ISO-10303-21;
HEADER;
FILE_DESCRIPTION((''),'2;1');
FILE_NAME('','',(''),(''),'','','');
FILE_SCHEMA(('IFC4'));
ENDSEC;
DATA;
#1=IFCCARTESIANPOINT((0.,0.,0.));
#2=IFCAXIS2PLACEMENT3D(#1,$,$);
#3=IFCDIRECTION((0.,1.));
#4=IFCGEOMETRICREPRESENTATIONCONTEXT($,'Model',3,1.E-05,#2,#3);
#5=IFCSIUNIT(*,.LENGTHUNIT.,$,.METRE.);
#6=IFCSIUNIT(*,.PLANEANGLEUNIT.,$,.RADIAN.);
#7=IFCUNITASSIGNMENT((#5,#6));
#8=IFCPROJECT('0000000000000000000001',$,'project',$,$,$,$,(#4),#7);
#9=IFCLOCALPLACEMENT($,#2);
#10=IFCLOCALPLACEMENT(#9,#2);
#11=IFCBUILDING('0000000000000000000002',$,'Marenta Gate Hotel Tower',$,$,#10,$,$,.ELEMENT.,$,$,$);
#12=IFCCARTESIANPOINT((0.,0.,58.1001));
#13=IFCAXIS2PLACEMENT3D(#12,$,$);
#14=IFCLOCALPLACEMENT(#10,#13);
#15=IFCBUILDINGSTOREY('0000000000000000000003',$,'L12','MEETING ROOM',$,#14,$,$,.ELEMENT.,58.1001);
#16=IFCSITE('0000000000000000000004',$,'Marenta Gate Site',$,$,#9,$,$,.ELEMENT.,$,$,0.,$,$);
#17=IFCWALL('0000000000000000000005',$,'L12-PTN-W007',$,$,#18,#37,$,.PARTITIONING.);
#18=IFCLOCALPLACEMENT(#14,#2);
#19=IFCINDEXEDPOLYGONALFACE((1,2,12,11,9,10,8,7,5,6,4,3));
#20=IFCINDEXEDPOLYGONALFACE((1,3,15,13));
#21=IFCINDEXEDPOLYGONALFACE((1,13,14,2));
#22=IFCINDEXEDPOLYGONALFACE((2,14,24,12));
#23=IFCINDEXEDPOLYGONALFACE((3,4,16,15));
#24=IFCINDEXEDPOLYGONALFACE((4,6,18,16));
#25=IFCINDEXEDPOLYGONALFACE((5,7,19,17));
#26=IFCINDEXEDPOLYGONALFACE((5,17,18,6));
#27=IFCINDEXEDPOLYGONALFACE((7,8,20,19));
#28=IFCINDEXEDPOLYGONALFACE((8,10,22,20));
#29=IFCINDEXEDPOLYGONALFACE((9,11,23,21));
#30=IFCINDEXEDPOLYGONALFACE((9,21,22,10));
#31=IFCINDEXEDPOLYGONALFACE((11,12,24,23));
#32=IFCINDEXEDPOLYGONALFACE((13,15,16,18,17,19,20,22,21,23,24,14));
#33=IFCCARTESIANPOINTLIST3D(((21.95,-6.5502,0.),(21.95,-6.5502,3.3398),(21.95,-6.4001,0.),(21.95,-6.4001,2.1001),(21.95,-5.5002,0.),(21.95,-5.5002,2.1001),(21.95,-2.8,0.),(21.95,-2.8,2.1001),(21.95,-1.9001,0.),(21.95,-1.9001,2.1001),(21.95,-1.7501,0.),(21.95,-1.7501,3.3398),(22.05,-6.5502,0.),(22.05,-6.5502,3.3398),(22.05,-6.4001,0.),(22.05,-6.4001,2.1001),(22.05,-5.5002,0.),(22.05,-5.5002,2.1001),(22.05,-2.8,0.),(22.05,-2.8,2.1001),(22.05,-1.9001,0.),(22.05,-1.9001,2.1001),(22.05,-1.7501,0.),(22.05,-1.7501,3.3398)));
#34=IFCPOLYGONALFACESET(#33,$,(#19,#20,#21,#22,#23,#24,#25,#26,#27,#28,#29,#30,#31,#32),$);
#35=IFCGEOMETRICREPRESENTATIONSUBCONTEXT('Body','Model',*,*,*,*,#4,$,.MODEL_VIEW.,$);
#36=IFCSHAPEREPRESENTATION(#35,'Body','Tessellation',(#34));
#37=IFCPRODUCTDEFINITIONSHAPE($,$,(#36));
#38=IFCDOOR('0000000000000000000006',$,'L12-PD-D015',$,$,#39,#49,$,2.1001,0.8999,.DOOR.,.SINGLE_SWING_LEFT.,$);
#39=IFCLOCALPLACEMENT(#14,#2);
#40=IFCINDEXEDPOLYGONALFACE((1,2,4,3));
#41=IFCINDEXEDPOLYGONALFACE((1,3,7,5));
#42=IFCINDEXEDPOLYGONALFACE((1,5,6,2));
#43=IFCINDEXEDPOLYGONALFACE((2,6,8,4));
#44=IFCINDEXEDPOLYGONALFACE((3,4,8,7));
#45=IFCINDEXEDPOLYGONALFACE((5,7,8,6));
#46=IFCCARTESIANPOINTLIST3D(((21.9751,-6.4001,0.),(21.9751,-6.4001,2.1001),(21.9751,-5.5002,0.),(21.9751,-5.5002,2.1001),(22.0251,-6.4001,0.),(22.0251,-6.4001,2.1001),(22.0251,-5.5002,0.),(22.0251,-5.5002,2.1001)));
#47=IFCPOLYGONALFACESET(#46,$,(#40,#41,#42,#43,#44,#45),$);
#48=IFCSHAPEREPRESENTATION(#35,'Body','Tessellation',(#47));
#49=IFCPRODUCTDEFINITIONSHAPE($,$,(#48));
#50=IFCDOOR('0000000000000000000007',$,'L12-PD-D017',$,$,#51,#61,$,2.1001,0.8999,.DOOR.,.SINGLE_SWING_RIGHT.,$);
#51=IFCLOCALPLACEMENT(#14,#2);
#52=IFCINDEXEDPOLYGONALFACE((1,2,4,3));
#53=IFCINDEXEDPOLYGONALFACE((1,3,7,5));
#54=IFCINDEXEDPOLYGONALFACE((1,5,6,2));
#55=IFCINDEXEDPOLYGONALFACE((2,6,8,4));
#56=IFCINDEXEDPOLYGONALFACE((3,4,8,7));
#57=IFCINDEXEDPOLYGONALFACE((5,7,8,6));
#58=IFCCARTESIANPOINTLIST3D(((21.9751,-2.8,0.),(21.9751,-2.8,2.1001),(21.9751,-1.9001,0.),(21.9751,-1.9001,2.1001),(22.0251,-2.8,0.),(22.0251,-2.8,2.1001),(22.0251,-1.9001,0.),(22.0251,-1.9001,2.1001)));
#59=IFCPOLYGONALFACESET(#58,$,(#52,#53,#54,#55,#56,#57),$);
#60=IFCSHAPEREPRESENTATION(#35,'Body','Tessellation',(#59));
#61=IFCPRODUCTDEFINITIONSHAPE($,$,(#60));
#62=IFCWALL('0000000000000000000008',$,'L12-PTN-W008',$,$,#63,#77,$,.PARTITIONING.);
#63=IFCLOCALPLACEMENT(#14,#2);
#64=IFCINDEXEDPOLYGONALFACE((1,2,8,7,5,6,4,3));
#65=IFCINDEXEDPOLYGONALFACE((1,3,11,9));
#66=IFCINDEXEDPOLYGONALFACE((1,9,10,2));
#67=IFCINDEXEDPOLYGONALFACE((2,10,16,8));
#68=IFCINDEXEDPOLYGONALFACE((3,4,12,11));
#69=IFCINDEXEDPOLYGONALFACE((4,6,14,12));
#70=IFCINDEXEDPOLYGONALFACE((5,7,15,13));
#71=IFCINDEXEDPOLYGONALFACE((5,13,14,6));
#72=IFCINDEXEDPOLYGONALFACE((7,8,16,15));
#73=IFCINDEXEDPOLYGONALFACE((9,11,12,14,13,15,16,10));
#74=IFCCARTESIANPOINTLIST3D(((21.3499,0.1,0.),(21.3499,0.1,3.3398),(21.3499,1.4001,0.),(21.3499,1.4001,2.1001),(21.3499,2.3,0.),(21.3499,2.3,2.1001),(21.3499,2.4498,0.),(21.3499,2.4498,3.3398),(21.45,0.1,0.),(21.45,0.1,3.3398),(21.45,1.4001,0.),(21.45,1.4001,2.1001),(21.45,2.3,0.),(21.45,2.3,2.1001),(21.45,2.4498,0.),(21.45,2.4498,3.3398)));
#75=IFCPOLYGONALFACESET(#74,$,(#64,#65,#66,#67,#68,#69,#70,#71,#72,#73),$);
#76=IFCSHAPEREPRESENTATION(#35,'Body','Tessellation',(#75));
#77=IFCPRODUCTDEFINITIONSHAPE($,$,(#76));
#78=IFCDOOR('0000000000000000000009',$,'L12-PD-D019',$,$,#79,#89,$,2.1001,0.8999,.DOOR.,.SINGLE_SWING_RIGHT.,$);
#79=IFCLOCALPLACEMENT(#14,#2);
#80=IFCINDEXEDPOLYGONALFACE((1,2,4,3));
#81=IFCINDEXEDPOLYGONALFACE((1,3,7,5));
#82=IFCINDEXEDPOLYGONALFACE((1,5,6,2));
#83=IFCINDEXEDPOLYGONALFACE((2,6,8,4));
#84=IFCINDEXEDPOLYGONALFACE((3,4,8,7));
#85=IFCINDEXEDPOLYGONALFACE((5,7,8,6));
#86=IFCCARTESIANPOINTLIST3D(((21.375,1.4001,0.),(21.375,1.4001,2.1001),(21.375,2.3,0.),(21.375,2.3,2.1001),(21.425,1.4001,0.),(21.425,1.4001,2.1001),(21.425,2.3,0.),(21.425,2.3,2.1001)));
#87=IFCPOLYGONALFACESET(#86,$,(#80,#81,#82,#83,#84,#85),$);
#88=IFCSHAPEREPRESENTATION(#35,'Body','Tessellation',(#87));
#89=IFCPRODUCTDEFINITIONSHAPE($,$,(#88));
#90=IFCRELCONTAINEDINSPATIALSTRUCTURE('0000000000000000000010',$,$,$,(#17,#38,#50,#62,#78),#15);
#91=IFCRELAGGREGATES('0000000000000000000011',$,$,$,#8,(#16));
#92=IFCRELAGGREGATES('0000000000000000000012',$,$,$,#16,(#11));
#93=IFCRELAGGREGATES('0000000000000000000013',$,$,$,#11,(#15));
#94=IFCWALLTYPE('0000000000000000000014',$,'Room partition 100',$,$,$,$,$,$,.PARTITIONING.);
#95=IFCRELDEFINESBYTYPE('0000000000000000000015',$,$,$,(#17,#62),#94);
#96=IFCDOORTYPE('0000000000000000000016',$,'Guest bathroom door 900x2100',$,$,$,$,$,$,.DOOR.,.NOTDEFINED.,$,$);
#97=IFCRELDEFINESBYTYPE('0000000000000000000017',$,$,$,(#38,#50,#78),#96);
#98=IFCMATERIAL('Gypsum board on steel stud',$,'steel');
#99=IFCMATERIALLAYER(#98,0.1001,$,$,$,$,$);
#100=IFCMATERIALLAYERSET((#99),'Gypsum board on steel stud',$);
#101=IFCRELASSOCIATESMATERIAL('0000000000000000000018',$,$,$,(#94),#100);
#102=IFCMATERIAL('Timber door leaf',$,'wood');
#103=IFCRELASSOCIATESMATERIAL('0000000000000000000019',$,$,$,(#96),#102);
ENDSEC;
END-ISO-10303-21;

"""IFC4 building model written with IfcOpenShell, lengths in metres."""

from ifc_helpers import new_model, si_unit, direction, frame, frame_2d, origin, place, context, subcontext, project, spatial, rectangle, extrude, material, layer, layer_set, type_object, element, fill, save


model = new_model("IFC4")

# Units and contexts
model_context = context("Model", 3, precision=1e-05, world=origin(), true_north=direction((0.0, 1.0)))
body_context = subcontext(model_context, "Body", "Model", "MODEL_VIEW")
ifc_project = project(units=[si_unit("LENGTHUNIT", "METRE"), si_unit("PLANEANGLEUNIT", "RADIAN")], contexts=[model_context])

# Site, building, storey
site_placement = place(None, origin())
site = spatial("IfcSite", under=ifc_project, at=site_placement, Name="Marenta Gate Site", CompositionType="ELEMENT", RefElevation=0.0)
building_placement = place(site_placement, origin())
building = spatial("IfcBuilding", under=site, at=building_placement, Name="Marenta Gate Hotel Tower", CompositionType="ELEMENT")
storey_placement = place(building_placement, frame((0.0, 0.0, 58.1001)))
storey = spatial("IfcBuildingStorey", under=building, at=storey_placement, Name="L12", Description="MEETING ROOM", CompositionType="ELEMENT", Elevation=58.1001)

# Shared definitions
ifc_material_1 = material(Name="Gypsum board on steel stud", Category="steel")
ifc_layer_1 = layer(ifc_material_1, 0.1001)
ifc_layer_set_1 = layer_set([ifc_layer_1], Name="Gypsum board on steel stud")
wall_type = type_object("IfcWallType", Name="Room partition 100", PredefinedType="PARTITIONING", material=ifc_layer_set_1)
ifc_material_2 = material(Name="Timber door leaf", Category="wood")
door_type = type_object("IfcDoorType", Name="Guest bathroom door 900x2100", OperationType="NOTDEFINED", PredefinedType="DOOR", material=ifc_material_2)

# Wall, openings, doors
wall_1_placement = place(storey_placement, frame((22.0, -6.55, 0.0), z_axis=(0.0, 0.0, 1.0), x_axis=(0.0, 1.0, 0.0)))
wall_1 = element("IfcWall", 1, at=wall_1_placement, inside=storey, type_object=wall_type, Name="L12-PTN-W007", PredefinedType="PARTITIONING", context=body_context, shape_type="SweptSolid", body=[
    extrude(rectangle(XDim=4.8, YDim=0.1001, at=frame_2d((2.3999, 0.0))), origin(), (0.0, 0.0, 1.0), 3.3398),
])
opening_1_placement = place(wall_1_placement, frame((0.1499, 0.0, 0.0)))
opening_1 = element("IfcOpeningElement", 2, at=opening_1_placement, cuts=wall_1, PredefinedType="OPENING", context=body_context, shape_type="SweptSolid", body=[
    extrude(rectangle(XDim=0.8999, YDim=2.1001, at=frame_2d((0.45, 1.05))), frame((0.0, 0.05, 0.0), z_axis=(0.0, -1.0, 0.0), x_axis=(1.0, 0.0, 0.0)), (0.0, 0.0, 1.0), 0.1001),
])
opening_2_placement = place(wall_1_placement, frame((3.75, 0.0, 0.0)))
opening_2 = element("IfcOpeningElement", 3, at=opening_2_placement, cuts=wall_1, PredefinedType="OPENING", context=body_context, shape_type="SweptSolid", body=[
    extrude(rectangle(XDim=0.8999, YDim=2.1001, at=frame_2d((0.45, 1.05))), frame((0.0, 0.05, 0.0), z_axis=(0.0, -1.0, 0.0), x_axis=(1.0, 0.0, 0.0)), (0.0, 0.0, 1.0), 0.1001),
])
door_1_placement = place(opening_1_placement, origin())
door_1 = element("IfcDoor", 4, at=door_1_placement, inside=storey, type_object=door_type, Name="L12-PD-D015", OperationType="SINGLE_SWING_LEFT", OverallHeight=2.1001, OverallWidth=0.8999, PredefinedType="DOOR", context=body_context, shape_type="SweptSolid", body=[
    extrude(rectangle(XDim=0.8999, YDim=2.1001, at=frame_2d((0.45, 1.05))), frame((0.0, 0.0249, 0.0), z_axis=(0.0, -1.0, 0.0), x_axis=(1.0, 0.0, 0.0)), (0.0, 0.0, 1.0), 0.05),
])
fill(opening_1, door_1)
door_2_placement = place(opening_2_placement, origin())
door_2 = element("IfcDoor", 5, at=door_2_placement, inside=storey, type_object=door_type, Name="L12-PD-D017", OperationType="SINGLE_SWING_RIGHT", OverallHeight=2.1001, OverallWidth=0.8999, PredefinedType="DOOR", context=body_context, shape_type="SweptSolid", body=[
    extrude(rectangle(XDim=0.8999, YDim=2.1001, at=frame_2d((0.45, 1.05))), frame((0.0, 0.0249, 0.0), z_axis=(0.0, -1.0, 0.0), x_axis=(1.0, 0.0, 0.0)), (0.0, 0.0, 1.0), 0.05),
])
fill(opening_2, door_2)

# Wall, opening, door
wall_2_placement = place(storey_placement, frame((21.3999, 0.1001, 0.0), z_axis=(0.0, 0.0, 1.0), x_axis=(0.0, 1.0, 0.0)))
wall_2 = element("IfcWall", 6, at=wall_2_placement, inside=storey, type_object=wall_type, Name="L12-PTN-W008", PredefinedType="PARTITIONING", context=body_context, shape_type="SweptSolid", body=[
    extrude(rectangle(XDim=2.3499, YDim=0.1001, at=frame_2d((1.1748, 0.0))), origin(), (0.0, 0.0, 1.0), 3.3398),
])
opening_3_placement = place(wall_2_placement, frame((1.3, 0.0, 0.0)))
opening_3 = element("IfcOpeningElement", 7, at=opening_3_placement, cuts=wall_2, PredefinedType="OPENING", context=body_context, shape_type="SweptSolid", body=[
    extrude(rectangle(XDim=0.8999, YDim=2.1001, at=frame_2d((0.45, 1.05))), frame((0.0, 0.05, 0.0), z_axis=(0.0, -1.0, 0.0), x_axis=(1.0, 0.0, 0.0)), (0.0, 0.0, 1.0), 0.1001),
])
door_3_placement = place(opening_3_placement, origin())
door_3 = element("IfcDoor", 8, at=door_3_placement, inside=storey, type_object=door_type, Name="L12-PD-D019", OperationType="SINGLE_SWING_RIGHT", OverallHeight=2.1001, OverallWidth=0.8999, PredefinedType="DOOR", context=body_context, shape_type="SweptSolid", body=[
    extrude(rectangle(XDim=0.8999, YDim=2.1001, at=frame_2d((0.45, 1.05))), frame((0.0, 0.0249, 0.0), z_axis=(0.0, -1.0, 0.0), x_axis=(1.0, 0.0, 0.0)), (0.0, 0.0, 1.0), 0.05),
])
fill(opening_3, door_3)

save(model, "model.ifc")
